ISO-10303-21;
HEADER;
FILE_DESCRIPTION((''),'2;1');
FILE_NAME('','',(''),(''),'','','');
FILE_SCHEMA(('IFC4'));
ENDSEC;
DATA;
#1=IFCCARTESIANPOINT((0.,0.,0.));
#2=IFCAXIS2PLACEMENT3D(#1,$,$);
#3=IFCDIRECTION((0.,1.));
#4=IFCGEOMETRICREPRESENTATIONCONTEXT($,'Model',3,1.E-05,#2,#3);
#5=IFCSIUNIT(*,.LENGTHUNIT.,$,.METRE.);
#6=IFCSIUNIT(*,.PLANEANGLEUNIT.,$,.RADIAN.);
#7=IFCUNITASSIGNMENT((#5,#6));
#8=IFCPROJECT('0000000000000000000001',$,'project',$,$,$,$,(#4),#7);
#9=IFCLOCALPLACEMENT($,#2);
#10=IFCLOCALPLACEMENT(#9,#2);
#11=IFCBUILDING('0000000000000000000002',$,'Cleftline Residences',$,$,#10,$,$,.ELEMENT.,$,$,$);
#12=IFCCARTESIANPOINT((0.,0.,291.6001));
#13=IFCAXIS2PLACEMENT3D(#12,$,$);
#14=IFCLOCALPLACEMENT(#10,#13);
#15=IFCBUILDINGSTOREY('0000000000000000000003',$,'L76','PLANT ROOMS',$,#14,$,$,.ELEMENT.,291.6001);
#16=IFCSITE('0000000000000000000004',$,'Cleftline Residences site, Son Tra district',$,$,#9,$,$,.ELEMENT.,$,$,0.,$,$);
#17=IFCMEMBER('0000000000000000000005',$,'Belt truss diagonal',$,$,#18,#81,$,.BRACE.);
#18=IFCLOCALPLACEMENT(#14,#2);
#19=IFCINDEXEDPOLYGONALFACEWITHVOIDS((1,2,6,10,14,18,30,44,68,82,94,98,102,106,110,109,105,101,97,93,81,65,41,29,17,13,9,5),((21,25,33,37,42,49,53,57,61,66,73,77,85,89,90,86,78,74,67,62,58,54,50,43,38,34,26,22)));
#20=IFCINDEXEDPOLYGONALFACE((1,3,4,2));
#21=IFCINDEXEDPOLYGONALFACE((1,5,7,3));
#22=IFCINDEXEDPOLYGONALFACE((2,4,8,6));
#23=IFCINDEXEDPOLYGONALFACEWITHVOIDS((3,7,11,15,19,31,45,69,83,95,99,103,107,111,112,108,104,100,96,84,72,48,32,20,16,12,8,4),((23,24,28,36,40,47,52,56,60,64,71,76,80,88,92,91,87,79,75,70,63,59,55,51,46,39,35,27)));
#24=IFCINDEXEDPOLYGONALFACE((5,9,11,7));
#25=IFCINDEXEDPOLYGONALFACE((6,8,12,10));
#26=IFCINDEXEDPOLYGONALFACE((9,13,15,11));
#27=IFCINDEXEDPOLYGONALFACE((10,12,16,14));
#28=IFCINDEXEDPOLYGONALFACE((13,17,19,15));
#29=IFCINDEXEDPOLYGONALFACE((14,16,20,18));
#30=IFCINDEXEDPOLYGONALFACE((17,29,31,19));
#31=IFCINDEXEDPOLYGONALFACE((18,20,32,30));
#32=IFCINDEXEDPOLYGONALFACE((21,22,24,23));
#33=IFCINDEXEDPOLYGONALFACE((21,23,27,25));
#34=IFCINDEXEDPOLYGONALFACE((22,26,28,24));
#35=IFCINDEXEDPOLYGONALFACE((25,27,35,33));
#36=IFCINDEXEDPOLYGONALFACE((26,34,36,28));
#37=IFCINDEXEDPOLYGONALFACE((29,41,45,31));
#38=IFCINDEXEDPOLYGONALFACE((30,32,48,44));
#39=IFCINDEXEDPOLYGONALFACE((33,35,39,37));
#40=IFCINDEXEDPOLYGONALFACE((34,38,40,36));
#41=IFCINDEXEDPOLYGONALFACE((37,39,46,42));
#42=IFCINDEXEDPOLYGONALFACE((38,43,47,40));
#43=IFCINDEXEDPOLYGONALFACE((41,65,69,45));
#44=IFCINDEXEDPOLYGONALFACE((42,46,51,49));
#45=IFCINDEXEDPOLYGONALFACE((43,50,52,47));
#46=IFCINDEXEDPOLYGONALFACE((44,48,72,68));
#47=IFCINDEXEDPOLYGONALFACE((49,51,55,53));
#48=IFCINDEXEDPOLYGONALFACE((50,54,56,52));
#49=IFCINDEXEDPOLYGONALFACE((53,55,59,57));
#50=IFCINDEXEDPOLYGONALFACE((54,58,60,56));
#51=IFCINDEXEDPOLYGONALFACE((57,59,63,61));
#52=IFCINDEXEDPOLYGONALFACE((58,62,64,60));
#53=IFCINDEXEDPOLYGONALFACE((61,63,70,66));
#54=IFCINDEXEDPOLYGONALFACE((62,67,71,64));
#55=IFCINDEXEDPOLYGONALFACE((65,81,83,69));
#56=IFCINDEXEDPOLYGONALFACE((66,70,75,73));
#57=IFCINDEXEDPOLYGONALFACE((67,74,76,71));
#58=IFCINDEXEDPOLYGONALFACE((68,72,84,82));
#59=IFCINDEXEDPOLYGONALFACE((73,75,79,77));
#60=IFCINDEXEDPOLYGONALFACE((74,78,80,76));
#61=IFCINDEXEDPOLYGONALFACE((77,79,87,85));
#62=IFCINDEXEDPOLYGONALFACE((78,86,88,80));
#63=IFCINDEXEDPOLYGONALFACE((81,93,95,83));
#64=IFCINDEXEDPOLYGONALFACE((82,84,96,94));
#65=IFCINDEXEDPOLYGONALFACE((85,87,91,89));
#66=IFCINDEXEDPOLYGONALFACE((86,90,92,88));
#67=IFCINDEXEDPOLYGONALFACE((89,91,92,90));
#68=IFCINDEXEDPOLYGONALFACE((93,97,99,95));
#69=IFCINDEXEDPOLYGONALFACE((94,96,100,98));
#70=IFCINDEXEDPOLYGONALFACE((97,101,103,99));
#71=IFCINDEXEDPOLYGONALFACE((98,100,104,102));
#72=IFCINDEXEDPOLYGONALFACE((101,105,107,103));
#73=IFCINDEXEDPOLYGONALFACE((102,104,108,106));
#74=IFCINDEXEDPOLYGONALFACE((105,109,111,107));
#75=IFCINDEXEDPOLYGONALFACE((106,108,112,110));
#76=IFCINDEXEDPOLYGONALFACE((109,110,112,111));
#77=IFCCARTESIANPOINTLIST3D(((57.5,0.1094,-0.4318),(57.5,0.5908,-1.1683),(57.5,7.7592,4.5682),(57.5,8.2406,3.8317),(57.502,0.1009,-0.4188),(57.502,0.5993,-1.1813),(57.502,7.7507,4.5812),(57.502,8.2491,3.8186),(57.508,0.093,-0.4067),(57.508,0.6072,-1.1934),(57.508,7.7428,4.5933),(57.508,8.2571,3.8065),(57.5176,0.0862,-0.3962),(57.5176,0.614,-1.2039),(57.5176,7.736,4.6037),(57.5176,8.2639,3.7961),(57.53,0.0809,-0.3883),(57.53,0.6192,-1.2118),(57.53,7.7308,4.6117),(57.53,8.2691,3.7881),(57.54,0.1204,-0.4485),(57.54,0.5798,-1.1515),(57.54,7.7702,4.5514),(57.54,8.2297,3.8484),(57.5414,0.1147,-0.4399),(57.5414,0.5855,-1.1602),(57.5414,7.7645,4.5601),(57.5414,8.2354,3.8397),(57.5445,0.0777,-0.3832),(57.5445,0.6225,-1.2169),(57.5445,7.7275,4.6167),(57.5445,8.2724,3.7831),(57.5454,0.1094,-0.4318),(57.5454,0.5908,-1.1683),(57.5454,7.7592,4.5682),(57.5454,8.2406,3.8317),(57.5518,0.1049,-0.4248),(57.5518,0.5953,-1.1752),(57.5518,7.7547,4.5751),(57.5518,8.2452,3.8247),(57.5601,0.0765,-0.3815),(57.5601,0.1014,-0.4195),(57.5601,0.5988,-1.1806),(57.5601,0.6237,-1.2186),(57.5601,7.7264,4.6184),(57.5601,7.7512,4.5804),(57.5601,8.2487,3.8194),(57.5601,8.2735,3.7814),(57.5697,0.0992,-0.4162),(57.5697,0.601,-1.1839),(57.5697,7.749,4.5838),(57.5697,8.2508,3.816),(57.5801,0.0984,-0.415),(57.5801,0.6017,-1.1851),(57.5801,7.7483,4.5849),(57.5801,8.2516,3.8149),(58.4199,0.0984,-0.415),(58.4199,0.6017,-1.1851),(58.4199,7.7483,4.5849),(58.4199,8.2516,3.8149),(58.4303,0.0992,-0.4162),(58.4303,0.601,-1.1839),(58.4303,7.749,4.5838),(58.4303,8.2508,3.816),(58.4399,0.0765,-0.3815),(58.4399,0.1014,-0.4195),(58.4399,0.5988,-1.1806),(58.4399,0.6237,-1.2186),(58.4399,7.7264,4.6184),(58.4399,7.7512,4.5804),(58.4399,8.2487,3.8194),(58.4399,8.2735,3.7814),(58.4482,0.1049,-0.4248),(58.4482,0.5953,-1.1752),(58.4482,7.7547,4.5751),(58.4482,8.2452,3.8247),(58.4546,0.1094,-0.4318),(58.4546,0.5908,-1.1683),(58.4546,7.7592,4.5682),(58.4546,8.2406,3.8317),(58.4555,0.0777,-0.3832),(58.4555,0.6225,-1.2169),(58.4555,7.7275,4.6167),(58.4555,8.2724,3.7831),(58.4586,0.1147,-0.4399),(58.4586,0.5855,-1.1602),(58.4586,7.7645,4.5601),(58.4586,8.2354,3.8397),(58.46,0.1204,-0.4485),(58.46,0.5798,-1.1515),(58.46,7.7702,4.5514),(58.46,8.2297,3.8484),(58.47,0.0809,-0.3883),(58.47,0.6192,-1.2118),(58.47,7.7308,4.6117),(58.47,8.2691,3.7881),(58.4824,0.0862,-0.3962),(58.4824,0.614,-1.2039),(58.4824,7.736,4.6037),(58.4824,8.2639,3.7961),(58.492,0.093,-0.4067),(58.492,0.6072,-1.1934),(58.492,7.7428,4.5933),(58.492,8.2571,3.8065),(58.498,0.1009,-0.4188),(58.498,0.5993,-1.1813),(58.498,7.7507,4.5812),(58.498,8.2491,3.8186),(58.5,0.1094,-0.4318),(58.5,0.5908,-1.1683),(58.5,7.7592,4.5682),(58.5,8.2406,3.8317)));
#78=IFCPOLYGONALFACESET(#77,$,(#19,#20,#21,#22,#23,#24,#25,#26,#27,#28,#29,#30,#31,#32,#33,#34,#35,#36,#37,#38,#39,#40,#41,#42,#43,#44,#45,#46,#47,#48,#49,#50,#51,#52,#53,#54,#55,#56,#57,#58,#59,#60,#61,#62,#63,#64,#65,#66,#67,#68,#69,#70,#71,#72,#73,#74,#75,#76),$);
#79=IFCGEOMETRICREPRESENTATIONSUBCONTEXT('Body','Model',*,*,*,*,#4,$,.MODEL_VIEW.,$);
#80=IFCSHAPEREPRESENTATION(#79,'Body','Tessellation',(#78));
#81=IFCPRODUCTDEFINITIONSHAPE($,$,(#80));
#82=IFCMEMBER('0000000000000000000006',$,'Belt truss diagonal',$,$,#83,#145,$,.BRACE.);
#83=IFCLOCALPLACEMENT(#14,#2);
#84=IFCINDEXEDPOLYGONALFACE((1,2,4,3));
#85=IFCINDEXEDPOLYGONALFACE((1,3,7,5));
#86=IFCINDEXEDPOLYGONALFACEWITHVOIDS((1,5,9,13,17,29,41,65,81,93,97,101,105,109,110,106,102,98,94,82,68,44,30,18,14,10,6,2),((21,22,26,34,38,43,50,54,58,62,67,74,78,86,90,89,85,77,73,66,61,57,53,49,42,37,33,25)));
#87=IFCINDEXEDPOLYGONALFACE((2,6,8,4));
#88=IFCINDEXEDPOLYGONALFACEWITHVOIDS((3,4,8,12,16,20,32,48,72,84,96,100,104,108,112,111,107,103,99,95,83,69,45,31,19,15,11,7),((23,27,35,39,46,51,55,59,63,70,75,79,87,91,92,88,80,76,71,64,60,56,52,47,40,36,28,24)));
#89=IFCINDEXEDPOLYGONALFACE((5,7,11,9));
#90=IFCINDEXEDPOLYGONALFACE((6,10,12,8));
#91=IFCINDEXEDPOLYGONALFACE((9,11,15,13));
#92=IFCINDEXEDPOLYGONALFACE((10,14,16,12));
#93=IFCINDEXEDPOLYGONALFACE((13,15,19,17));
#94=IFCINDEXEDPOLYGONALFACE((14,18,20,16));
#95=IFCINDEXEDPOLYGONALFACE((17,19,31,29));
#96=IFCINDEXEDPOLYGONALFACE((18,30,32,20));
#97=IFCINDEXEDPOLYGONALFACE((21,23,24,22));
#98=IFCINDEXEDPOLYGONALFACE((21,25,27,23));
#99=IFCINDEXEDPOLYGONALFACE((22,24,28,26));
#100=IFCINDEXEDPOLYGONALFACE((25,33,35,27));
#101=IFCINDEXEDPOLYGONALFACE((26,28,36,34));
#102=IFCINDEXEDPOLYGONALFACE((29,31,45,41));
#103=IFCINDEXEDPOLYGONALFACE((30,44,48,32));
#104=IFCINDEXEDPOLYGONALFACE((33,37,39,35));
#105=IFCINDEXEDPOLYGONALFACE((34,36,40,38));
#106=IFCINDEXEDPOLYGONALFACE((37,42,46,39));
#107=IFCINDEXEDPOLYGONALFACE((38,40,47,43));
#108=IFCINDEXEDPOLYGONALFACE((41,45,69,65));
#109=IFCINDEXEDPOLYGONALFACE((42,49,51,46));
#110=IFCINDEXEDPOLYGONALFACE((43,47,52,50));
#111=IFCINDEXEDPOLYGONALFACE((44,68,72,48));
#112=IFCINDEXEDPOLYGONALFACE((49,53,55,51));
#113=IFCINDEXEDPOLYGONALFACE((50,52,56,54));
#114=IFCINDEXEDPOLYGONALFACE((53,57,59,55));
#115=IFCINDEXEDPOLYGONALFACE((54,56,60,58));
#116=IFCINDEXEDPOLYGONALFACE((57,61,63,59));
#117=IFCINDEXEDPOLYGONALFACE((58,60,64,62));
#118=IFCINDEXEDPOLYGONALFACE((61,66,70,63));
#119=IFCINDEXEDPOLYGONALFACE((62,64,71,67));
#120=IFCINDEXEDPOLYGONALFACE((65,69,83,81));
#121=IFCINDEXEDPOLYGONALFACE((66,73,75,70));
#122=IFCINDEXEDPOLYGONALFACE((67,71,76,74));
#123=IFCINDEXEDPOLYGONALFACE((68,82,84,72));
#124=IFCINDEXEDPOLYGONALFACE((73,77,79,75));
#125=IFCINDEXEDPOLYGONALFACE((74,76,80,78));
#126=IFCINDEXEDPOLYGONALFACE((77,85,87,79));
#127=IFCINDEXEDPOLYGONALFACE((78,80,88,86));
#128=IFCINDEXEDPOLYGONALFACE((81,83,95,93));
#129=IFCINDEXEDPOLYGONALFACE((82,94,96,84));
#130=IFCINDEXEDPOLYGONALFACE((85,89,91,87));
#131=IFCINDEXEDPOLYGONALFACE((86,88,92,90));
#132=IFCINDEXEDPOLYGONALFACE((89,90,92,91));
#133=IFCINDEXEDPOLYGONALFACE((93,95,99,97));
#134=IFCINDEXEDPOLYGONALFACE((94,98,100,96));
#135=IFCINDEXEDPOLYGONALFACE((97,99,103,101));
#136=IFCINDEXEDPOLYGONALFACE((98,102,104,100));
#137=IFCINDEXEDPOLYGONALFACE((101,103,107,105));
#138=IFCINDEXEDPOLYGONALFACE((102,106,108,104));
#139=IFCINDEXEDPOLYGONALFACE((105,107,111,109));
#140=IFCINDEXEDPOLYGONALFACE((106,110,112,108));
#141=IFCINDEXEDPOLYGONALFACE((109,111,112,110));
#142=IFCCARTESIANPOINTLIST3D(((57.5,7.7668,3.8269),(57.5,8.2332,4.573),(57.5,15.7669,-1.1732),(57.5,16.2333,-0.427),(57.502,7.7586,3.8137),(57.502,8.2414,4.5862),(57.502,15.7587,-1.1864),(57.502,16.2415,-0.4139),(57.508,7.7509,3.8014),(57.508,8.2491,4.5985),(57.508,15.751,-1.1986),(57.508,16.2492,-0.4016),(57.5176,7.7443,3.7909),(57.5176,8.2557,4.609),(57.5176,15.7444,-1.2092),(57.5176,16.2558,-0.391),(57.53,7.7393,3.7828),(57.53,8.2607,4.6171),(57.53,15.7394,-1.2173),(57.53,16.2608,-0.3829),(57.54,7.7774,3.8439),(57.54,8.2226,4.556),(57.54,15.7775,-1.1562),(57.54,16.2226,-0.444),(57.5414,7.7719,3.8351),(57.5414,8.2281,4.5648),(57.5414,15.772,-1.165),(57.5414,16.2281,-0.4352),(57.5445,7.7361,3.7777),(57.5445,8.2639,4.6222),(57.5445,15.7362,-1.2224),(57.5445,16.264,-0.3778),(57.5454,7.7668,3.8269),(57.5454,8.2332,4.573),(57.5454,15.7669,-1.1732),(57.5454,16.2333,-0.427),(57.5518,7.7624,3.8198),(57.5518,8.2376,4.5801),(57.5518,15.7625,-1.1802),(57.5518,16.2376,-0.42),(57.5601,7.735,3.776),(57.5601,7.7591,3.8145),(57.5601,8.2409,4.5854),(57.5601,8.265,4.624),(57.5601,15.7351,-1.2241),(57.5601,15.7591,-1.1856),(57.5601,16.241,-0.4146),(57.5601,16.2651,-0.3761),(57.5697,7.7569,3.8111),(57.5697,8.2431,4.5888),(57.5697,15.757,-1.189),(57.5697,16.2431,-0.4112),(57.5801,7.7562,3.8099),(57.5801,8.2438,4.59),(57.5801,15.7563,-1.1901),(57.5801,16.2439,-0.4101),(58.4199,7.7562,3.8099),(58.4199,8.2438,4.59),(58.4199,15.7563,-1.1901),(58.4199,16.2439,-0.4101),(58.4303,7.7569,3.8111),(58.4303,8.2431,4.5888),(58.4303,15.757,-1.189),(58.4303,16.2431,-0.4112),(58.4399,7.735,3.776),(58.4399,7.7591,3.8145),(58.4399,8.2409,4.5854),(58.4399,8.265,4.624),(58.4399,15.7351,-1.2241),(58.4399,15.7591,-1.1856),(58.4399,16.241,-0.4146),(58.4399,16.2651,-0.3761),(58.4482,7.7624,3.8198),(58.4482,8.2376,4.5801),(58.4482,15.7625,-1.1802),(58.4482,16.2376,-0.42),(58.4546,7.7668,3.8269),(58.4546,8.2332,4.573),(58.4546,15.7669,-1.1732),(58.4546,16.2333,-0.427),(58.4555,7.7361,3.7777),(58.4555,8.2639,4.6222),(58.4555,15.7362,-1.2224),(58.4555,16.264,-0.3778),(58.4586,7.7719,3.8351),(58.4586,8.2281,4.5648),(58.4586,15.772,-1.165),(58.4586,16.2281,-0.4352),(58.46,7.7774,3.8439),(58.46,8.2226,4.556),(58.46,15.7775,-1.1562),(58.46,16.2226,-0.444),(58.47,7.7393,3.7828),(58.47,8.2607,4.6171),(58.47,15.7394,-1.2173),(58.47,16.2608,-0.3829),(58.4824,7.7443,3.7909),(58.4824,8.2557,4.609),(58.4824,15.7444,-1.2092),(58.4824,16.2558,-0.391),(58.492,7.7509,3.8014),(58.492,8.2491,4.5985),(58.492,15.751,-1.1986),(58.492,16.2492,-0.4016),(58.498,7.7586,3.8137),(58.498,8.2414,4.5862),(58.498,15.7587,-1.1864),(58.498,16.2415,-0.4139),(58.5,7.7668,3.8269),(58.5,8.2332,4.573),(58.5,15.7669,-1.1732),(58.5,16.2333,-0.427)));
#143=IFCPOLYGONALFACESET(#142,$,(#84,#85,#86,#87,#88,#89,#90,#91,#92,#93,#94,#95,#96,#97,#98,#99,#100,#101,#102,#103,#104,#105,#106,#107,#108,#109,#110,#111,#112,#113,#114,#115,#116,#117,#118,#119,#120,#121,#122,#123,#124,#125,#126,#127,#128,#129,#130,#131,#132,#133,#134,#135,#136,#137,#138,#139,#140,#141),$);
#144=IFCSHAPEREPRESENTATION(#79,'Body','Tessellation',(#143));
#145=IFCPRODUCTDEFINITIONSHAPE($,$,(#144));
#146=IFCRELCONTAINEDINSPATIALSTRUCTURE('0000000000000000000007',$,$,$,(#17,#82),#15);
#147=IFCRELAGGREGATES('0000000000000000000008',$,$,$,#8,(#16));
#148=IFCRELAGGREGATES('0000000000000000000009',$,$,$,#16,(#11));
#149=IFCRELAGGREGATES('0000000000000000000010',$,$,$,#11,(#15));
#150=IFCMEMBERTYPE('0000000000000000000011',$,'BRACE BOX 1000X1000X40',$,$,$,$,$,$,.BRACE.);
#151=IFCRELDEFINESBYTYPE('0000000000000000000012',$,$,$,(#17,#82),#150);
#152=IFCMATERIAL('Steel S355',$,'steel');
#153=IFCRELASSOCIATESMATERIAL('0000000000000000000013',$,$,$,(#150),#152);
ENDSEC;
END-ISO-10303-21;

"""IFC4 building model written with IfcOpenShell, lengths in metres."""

from ifc_helpers import new_model, si_unit, direction, frame, origin, origin_2d, place, context, subcontext, project, spatial, hollow_rectangle, extrude, material, material_profile, profile_set, type_object, element, save


model = new_model("IFC4")

# Units and contexts
model_context = context("Model", 3, precision=1e-05, world=origin(), true_north=direction((0.0, 1.0)))
body_context = subcontext(model_context, "Body", "Model", "MODEL_VIEW")
ifc_project = project(units=[si_unit("LENGTHUNIT", "METRE"), si_unit("PLANEANGLEUNIT", "RADIAN")], contexts=[model_context])

# Site, building, storey
site_placement = place(None, origin())
site = spatial("IfcSite", under=ifc_project, at=site_placement, Name="Cleftline Residences site, Son Tra district", CompositionType="ELEMENT", RefElevation=0.0)
building_placement = place(site_placement, origin())
building = spatial("IfcBuilding", under=site, at=building_placement, Name="Cleftline Residences", CompositionType="ELEMENT")
storey_placement = place(building_placement, frame((0.0, 0.0, 291.6001)))
storey = spatial("IfcBuildingStorey", under=building, at=storey_placement, Name="L76", Description="PLANT ROOMS", CompositionType="ELEMENT", Elevation=291.6001)

# Members
ifc_material_1 = material(Name="Steel S355", Category="steel")
ifc_material_profile_1 = material_profile(ifc_material_1, hollow_rectangle(XDim=1.0, YDim=1.0, WallThickness=0.04, InnerFilletRadius=0.04, OuterFilletRadius=0.0601, at=origin_2d()))
ifc_profile_set_1 = profile_set([ifc_material_profile_1], Name="Steel S355")
member_type_1 = type_object("IfcMemberType", Name="BRACE BOX 1000X1000X40", PredefinedType="BRACE", material=ifc_profile_set_1)
member_1_placement = place(storey_placement, frame((58.0, 0.3501, -0.8), z_axis=(0.0, 0.837063, 0.547107), x_axis=(0.0, -0.547107, 0.837063)))
element("IfcMember", 1, at=member_1_placement, inside=storey, type_object=member_type_1, Name="Belt truss diagonal", PredefinedType="BRACE", context=body_context, shape_type="SweptSolid", body=[
    extrude(hollow_rectangle(XDim=1.0, YDim=1.0, WallThickness=0.04, InnerFilletRadius=0.04, OuterFilletRadius=0.0601, at=origin_2d()), origin(), (0.0, 0.0, 1.0), 9.1389),
])
for number, where, z_axis, x_axis, name in (
    (2, (58.0, 8.0, 4.2), (0.0, 0.847998, -0.529999), (0.0, 0.529999, 0.847998), "Belt truss diagonal"),
):
    element("IfcMember", number, at=place(storey_placement, frame(where, z_axis=z_axis, x_axis=x_axis)), inside=storey, type_object=member_type_1, Name=name, PredefinedType="BRACE", context=body_context, shape_type="SweptSolid", body=[
        extrude(hollow_rectangle(XDim=1.0, YDim=1.0, WallThickness=0.04, InnerFilletRadius=0.04, OuterFilletRadius=0.0601, at=origin_2d()), origin(), (0.0, 0.0, 1.0), 9.4341),
    ])

save(model, "model.ifc")
